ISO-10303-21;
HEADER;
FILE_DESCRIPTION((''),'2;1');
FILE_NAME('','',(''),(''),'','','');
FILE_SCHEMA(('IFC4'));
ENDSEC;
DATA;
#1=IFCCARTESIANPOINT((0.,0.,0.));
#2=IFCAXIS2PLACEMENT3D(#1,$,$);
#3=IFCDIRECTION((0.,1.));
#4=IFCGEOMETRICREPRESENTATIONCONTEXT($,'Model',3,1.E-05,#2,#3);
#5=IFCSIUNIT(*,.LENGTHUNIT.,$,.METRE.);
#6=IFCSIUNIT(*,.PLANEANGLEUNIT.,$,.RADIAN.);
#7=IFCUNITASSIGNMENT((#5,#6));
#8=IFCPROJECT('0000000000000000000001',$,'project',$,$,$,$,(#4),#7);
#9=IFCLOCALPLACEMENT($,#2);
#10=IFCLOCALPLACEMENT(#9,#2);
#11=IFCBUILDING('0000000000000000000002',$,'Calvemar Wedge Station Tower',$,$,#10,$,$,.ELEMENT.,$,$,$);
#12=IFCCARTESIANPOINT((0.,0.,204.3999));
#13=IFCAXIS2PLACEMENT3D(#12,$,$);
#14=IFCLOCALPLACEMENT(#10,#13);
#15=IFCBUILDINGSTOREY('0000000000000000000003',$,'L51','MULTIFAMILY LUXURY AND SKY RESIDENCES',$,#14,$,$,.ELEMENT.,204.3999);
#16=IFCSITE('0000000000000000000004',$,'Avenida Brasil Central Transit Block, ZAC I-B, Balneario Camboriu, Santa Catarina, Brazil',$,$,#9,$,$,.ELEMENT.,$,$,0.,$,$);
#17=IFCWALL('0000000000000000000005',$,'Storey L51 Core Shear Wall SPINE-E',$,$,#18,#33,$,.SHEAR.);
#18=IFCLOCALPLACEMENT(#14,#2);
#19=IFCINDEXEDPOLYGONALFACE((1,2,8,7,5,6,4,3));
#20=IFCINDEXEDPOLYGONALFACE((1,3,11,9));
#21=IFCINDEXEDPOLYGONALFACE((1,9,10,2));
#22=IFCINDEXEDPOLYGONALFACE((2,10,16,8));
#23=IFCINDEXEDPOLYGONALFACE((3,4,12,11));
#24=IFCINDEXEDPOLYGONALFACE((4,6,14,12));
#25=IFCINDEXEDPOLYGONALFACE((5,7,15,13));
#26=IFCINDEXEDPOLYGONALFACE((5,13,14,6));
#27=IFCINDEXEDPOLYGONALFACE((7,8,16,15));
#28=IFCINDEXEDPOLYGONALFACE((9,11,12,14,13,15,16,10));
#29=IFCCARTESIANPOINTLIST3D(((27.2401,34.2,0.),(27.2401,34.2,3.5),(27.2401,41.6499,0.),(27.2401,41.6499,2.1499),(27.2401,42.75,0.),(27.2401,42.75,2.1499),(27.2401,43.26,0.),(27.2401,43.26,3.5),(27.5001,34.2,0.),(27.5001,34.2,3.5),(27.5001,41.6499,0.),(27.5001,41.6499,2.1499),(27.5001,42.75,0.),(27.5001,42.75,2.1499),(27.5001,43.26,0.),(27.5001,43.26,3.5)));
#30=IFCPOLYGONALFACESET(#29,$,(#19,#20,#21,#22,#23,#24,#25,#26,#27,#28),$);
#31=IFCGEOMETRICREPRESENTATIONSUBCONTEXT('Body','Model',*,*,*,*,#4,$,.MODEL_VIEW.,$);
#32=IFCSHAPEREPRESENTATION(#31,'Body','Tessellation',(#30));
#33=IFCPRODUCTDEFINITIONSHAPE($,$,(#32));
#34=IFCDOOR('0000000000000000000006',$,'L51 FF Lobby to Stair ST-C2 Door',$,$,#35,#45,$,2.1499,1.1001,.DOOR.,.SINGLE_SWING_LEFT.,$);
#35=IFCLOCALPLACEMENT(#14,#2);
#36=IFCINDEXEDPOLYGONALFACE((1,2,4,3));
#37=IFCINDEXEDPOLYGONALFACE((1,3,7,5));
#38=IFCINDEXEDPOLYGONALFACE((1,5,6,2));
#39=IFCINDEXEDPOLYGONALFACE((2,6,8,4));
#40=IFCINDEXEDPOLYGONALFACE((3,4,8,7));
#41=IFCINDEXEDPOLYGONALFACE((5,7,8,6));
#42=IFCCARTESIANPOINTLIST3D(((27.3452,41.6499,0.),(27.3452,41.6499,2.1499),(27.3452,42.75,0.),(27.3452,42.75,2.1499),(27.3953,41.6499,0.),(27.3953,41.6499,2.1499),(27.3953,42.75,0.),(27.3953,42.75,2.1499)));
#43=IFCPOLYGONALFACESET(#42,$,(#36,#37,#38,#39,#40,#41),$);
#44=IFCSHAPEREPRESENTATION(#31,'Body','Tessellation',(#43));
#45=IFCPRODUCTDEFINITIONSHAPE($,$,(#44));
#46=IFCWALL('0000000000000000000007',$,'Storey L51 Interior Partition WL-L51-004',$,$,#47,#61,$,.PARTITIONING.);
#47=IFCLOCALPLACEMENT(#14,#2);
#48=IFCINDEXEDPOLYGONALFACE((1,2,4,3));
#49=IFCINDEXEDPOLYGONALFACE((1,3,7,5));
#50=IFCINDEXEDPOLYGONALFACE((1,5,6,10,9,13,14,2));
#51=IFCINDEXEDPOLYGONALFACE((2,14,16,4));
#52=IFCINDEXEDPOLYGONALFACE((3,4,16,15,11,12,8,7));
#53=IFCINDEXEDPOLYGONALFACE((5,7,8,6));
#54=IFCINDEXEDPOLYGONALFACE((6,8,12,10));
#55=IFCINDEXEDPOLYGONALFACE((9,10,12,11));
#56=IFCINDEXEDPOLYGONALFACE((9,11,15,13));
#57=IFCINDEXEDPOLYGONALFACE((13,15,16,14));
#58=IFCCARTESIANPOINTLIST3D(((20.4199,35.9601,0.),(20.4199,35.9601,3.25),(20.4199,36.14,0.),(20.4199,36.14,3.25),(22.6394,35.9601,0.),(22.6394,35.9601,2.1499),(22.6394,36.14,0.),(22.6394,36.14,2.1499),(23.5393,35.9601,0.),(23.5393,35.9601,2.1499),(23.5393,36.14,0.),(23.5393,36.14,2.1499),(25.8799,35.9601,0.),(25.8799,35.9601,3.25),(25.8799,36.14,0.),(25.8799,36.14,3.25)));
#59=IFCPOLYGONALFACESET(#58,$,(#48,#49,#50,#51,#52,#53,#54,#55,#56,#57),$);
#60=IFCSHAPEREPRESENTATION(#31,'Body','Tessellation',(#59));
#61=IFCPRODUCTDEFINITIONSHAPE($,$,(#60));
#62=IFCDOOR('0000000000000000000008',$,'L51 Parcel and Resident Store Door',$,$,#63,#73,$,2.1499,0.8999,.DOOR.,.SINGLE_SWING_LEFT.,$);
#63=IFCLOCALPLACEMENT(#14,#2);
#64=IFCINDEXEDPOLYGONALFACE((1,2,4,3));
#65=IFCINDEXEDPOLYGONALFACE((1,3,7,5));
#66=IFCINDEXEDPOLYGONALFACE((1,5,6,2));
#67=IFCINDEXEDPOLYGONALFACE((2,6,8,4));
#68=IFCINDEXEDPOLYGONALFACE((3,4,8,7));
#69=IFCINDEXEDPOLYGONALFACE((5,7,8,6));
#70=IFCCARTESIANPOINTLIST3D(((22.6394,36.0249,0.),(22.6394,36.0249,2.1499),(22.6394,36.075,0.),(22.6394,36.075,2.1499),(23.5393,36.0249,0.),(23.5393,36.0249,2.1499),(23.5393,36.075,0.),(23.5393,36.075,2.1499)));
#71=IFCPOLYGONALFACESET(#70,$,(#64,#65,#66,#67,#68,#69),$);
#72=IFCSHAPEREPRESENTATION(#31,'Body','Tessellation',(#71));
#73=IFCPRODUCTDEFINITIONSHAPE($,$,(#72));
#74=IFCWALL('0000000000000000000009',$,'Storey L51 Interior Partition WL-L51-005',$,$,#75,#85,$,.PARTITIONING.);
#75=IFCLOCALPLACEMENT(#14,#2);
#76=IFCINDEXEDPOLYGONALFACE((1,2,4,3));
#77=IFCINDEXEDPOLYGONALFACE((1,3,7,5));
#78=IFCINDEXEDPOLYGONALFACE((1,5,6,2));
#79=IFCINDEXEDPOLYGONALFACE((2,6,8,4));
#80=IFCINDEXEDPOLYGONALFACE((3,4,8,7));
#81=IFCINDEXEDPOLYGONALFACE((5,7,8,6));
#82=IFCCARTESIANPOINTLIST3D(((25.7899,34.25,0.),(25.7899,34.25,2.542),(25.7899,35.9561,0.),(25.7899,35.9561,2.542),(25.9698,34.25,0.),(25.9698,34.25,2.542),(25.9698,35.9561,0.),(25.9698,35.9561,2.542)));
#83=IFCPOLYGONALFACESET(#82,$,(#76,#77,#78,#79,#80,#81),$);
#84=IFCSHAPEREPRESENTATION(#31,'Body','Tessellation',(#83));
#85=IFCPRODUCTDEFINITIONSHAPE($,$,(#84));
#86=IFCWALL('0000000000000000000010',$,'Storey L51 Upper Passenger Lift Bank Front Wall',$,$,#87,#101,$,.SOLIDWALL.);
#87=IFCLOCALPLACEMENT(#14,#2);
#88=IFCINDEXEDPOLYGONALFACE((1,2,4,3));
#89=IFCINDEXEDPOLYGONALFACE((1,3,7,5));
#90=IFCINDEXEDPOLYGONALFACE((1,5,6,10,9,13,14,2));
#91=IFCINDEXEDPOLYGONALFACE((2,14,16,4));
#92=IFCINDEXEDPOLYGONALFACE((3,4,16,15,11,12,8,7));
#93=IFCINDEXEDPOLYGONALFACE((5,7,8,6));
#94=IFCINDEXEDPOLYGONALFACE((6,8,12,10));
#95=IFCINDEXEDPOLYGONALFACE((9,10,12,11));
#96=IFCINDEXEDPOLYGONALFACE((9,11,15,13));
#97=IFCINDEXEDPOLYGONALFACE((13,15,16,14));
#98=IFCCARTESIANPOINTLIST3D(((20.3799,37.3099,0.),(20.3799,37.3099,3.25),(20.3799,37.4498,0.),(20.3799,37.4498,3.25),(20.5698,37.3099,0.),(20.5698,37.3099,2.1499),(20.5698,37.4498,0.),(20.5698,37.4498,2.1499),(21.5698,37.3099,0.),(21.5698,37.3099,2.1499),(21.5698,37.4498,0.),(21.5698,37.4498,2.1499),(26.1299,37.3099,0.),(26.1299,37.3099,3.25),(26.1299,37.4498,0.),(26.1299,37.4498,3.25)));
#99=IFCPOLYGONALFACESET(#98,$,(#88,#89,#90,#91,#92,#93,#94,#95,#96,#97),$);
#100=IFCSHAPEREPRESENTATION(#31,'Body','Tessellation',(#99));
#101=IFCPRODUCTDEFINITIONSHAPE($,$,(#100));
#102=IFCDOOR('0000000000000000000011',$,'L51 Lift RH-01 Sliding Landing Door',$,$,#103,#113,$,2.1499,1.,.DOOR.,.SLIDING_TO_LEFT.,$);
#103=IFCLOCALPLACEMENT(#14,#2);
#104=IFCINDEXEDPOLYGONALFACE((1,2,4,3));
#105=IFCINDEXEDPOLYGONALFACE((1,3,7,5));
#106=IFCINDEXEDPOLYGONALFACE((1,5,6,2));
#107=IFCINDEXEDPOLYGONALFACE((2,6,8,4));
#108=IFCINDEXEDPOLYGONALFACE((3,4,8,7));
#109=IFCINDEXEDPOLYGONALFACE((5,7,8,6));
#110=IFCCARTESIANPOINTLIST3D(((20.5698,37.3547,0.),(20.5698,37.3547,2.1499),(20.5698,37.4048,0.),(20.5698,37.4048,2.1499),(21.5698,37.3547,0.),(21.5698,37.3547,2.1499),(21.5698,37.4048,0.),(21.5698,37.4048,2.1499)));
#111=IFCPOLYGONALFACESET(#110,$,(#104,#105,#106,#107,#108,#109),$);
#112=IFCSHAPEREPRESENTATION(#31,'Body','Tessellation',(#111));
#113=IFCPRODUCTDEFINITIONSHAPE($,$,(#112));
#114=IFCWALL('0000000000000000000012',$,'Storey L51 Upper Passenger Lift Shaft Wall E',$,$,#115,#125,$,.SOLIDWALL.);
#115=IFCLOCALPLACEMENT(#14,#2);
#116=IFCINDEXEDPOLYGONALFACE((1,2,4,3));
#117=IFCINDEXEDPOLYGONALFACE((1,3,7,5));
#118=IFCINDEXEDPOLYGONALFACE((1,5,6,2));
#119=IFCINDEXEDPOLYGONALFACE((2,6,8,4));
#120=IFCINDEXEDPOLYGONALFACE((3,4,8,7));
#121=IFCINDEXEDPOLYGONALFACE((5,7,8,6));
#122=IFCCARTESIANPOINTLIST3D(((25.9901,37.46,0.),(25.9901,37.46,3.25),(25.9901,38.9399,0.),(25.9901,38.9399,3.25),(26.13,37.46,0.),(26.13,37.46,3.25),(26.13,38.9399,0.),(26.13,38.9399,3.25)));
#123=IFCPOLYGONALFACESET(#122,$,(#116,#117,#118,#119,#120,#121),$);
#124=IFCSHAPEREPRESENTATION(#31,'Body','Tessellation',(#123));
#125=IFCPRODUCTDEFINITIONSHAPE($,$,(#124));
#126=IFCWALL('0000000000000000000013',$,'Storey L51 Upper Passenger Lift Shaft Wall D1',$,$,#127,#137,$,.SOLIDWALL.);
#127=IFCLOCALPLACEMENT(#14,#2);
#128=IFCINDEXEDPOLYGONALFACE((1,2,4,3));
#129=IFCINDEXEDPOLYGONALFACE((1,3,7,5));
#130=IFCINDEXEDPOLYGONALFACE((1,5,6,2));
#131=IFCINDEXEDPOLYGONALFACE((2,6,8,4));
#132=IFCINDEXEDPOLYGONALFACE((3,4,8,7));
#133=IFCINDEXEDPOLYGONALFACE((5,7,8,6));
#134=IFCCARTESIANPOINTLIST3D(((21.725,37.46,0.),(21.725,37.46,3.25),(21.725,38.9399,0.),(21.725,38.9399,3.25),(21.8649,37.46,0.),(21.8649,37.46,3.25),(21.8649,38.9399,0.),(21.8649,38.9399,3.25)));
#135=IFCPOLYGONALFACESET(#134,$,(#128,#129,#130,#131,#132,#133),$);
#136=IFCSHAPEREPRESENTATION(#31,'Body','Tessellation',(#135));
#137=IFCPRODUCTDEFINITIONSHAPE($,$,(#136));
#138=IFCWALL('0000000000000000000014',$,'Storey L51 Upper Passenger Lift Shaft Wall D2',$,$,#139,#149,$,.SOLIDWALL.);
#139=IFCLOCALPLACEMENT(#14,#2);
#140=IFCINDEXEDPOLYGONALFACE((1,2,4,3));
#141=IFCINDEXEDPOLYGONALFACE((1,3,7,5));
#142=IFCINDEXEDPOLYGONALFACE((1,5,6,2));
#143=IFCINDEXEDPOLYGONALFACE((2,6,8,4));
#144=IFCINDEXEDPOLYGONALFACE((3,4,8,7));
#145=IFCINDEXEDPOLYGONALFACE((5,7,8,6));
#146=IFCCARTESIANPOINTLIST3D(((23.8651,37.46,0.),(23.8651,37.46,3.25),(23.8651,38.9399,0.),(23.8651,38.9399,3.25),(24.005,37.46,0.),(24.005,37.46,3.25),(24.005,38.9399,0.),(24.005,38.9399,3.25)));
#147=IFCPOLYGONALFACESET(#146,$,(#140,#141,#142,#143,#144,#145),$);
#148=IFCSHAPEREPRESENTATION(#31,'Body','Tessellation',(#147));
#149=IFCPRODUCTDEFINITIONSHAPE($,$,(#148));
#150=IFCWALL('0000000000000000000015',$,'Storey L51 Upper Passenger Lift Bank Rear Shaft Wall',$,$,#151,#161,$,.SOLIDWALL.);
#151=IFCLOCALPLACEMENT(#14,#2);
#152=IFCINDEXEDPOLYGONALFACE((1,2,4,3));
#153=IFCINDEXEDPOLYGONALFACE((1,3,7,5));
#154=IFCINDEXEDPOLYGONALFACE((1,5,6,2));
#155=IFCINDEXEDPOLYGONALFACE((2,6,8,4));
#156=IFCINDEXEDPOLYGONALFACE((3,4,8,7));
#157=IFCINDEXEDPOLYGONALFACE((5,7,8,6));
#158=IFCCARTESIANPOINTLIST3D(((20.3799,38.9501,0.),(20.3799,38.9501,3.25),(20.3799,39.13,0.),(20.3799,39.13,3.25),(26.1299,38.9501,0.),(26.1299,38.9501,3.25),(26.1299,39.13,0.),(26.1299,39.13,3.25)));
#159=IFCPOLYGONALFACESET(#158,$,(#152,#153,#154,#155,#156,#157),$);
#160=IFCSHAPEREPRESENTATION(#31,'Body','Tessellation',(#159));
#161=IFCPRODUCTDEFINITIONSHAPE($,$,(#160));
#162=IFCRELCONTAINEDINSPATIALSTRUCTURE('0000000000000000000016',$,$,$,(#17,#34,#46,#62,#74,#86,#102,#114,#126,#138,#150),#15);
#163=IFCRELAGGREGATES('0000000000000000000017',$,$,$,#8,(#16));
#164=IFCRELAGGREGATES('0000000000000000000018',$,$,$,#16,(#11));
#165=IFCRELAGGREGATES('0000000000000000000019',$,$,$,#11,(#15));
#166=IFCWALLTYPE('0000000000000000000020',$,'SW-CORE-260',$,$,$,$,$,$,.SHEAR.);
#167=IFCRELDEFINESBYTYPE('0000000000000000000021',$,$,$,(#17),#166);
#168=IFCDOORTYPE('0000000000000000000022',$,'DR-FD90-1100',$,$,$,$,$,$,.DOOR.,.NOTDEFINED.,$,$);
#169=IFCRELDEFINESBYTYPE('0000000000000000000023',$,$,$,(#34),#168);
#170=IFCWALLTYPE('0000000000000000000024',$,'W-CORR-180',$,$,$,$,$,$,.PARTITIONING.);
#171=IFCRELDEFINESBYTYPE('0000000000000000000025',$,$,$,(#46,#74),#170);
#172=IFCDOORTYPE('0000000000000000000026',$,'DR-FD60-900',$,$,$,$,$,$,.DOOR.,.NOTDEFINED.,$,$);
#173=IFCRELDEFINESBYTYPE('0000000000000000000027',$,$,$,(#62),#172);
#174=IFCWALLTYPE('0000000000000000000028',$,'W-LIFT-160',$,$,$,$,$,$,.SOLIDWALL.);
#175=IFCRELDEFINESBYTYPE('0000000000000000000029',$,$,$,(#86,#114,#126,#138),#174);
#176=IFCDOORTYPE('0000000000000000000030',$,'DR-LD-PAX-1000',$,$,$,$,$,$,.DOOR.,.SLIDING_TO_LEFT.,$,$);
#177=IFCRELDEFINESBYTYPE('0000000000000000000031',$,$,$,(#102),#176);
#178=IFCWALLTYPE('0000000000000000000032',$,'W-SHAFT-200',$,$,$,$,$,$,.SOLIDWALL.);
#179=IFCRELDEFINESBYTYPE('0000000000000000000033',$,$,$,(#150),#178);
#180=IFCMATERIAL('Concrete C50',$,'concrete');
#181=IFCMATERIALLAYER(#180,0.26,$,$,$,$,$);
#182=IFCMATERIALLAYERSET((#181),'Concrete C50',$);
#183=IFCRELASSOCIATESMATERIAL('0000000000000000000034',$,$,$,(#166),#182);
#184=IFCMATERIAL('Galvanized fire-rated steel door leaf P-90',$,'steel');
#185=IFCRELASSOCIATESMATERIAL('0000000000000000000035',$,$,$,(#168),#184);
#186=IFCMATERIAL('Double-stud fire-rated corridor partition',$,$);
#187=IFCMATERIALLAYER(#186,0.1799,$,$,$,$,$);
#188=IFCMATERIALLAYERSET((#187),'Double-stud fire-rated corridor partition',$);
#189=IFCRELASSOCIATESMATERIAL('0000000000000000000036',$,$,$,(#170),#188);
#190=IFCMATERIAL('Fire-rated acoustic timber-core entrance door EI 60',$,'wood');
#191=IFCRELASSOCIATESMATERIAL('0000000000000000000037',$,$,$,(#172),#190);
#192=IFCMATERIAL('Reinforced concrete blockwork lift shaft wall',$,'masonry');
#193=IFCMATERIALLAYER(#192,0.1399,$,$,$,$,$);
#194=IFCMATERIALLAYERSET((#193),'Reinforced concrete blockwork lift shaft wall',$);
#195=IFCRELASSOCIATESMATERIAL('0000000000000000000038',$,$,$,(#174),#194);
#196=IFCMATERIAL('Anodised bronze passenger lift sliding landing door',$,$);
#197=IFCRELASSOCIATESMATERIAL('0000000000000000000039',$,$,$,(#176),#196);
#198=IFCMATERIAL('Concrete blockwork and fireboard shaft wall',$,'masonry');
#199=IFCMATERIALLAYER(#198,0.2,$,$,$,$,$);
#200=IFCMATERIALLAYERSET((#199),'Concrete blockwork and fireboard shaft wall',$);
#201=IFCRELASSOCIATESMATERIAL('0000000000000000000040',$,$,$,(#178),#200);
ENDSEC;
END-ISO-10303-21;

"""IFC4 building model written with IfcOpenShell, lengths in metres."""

from ifc_helpers import new_model, si_unit, direction, frame, frame_2d, origin, place, context, subcontext, project, spatial, rectangle, extrude, source, transform, mapped, material, layer, layer_set, type_object, element, fill, save


model = new_model("IFC4")

# Units and contexts
model_context = context("Model", 3, precision=1e-05, world=origin(), true_north=direction((0.0, 1.0)))
body_context = subcontext(model_context, "Body", "Model", "MODEL_VIEW")
ifc_project = project(units=[si_unit("LENGTHUNIT", "METRE"), si_unit("PLANEANGLEUNIT", "RADIAN")], contexts=[model_context])

# Site, building, storey
site_placement = place(None, origin())
site = spatial("IfcSite", under=ifc_project, at=site_placement, Name="Avenida Brasil Central Transit Block, ZAC I-B, Balneario Camboriu, Santa Catarina, Brazil", CompositionType="ELEMENT", RefElevation=0.0)
building_placement = place(site_placement, origin())
building = spatial("IfcBuilding", under=site, at=building_placement, Name="Calvemar Wedge Station Tower", CompositionType="ELEMENT")
storey_placement = place(building_placement, frame((0.0, 0.0, 204.3999)))
storey = spatial("IfcBuildingStorey", under=building, at=storey_placement, Name="L51", Description="MULTIFAMILY LUXURY AND SKY RESIDENCES", CompositionType="ELEMENT", Elevation=204.3999)

# Shared definitions
ifc_material_1 = material(Name="Concrete C50", Category="concrete")

# Walls, openings, doors
ifc_layer_1 = layer(ifc_material_1, 0.26)
ifc_layer_set_1 = layer_set([ifc_layer_1], Name="Concrete C50")
wall_type_1 = type_object("IfcWallType", Name="SW-CORE-260", PredefinedType="SHEAR", material=ifc_layer_set_1)
shared_shape_1 = source(origin(), body_context, "Body", "SweptSolid", [
    extrude(rectangle(XDim=1.1001, YDim=2.1499, at=frame_2d((0.55, 1.075))), frame((0.0, 0.1401, 0.0), z_axis=(0.0, -1.0, 0.0), x_axis=(1.0, 0.0, 0.0)), (0.0, 0.0, 1.0), 0.28),
])
ifc_material_2 = material(Name="Galvanized fire-rated steel door leaf P-90", Category="steel")
door_type_1 = type_object("IfcDoorType", Name="DR-FD90-1100", OperationType="NOTDEFINED", PredefinedType="DOOR", material=ifc_material_2)
shared_shape_2 = source(origin(), body_context, "Body", "SweptSolid", [
    extrude(rectangle(XDim=1.1001, YDim=2.1499, at=frame_2d((0.55, 1.075))), frame((0.0, 0.0249, 0.0), z_axis=(0.0, -1.0, 0.0), x_axis=(1.0, 0.0, 0.0)), (0.0, 0.0, 1.0), 0.05),
])
wall_1_placement = place(storey_placement, frame((27.3701, 34.2, 0.0), z_axis=(0.0, 0.0, 1.0), x_axis=(0.0, 1.0, 0.0)))
wall_1 = element("IfcWall", 1, at=wall_1_placement, inside=storey, type_object=wall_type_1, Name="Storey L51 Core Shear Wall SPINE-E", PredefinedType="SHEAR", context=body_context, shape_type="SweptSolid", body=[
    extrude(rectangle(XDim=9.0601, YDim=0.26, at=frame_2d((4.53, 0.0))), origin(), (0.0, 0.0, 1.0), 3.5),
])
opening_1_placement = place(wall_1_placement, frame((7.45, 0.0, 0.0)))
opening_1 = element("IfcOpeningElement", 2, at=opening_1_placement, cuts=wall_1, PredefinedType="OPENING", context=body_context, shape_type="MappedRepresentation", body=[
    mapped(shared_shape_1, transform((0.0, 0.0, 0.0), scale=1.0)),
])
door_1_placement = place(opening_1_placement, origin())
door_1 = element("IfcDoor", 3, at=door_1_placement, inside=storey, type_object=door_type_1, Name="L51 FF Lobby to Stair ST-C2 Door", OperationType="SINGLE_SWING_LEFT", OverallHeight=2.1499, OverallWidth=1.1001, PredefinedType="DOOR", context=body_context, shape_type="MappedRepresentation", body=[
    mapped(shared_shape_2, transform((0.0, 0.0, 0.0), scale=1.0)),
])
fill(opening_1, door_1)
ifc_material_3 = material(Name="Double-stud fire-rated corridor partition")
ifc_layer_2 = layer(ifc_material_3, 0.1799)
ifc_layer_set_2 = layer_set([ifc_layer_2], Name="Double-stud fire-rated corridor partition")
wall_type_2 = type_object("IfcWallType", Name="W-CORR-180", PredefinedType="PARTITIONING", material=ifc_layer_set_2)
shared_shape_3 = source(origin(), body_context, "Body", "SweptSolid", [
    extrude(rectangle(XDim=0.8999, YDim=2.1499, at=frame_2d((0.45, 1.075))), frame((0.0, 0.1001, 0.0), z_axis=(0.0, -1.0, 0.0), x_axis=(1.0, 0.0, 0.0)), (0.0, 0.0, 1.0), 0.2),
])
ifc_material_4 = material(Name="Fire-rated acoustic timber-core entrance door EI 60", Category="wood")
door_type_2 = type_object("IfcDoorType", Name="DR-FD60-900", OperationType="NOTDEFINED", PredefinedType="DOOR", material=ifc_material_4)
shared_shape_4 = source(origin(), body_context, "Body", "SweptSolid", [
    extrude(rectangle(XDim=0.8999, YDim=2.1499, at=frame_2d((0.45, 1.075))), frame((0.0, 0.0249, 0.0), z_axis=(0.0, -1.0, 0.0), x_axis=(1.0, 0.0, 0.0)), (0.0, 0.0, 1.0), 0.05),
])
wall_2_placement = place(storey_placement, frame((20.4199, 36.05, 0.0), z_axis=(0.0, 0.0, 1.0), x_axis=(1.0, 0.0, 0.0)))
wall_2 = element("IfcWall", 4, at=wall_2_placement, inside=storey, type_object=wall_type_2, Name="Storey L51 Interior Partition WL-L51-004", PredefinedType="PARTITIONING", context=body_context, shape_type="SweptSolid", body=[
    extrude(rectangle(XDim=5.46, YDim=0.1799, at=frame_2d((2.73, 0.0))), origin(), (0.0, 0.0, 1.0), 3.25),
])
opening_2_placement = place(wall_2_placement, frame((2.2195, 0.0, 0.0)))
opening_2 = element("IfcOpeningElement", 5, at=opening_2_placement, cuts=wall_2, PredefinedType="OPENING", context=body_context, shape_type="MappedRepresentation", body=[
    mapped(shared_shape_3, transform((0.0, 0.0, 0.0), scale=1.0)),
])
door_2_placement = place(opening_2_placement, origin())
door_2 = element("IfcDoor", 6, at=door_2_placement, inside=storey, type_object=door_type_2, Name="L51 Parcel and Resident Store Door", OperationType="SINGLE_SWING_LEFT", OverallHeight=2.1499, OverallWidth=0.8999, PredefinedType="DOOR", context=body_context, shape_type="MappedRepresentation", body=[
    mapped(shared_shape_4, transform((0.0, 0.0, 0.0), scale=1.0)),
])
fill(opening_2, door_2)

# Wall
wall_3_placement = place(storey_placement, frame((25.8799, 35.9561, 0.0), z_axis=(0.0, 0.0, 1.0), x_axis=(0.0, -1.0, 0.0)))
element("IfcWall", 7, at=wall_3_placement, inside=storey, type_object=wall_type_2, Name="Storey L51 Interior Partition WL-L51-005", PredefinedType="PARTITIONING", context=body_context, shape_type="SweptSolid", body=[
    extrude(rectangle(XDim=1.7061, YDim=0.1799, at=frame_2d((0.853, 0.0))), origin(), (0.0, 0.0, 1.0), 2.542),
])

# Wall, opening, door
ifc_material_5 = material(Name="Reinforced concrete blockwork lift shaft wall", Category="masonry")
ifc_layer_3 = layer(ifc_material_5, 0.1399)
ifc_layer_set_3 = layer_set([ifc_layer_3], Name="Reinforced concrete blockwork lift shaft wall")
wall_type_3 = type_object("IfcWallType", Name="W-LIFT-160", PredefinedType="SOLIDWALL", material=ifc_layer_set_3)
wall_4_placement = place(storey_placement, frame((20.3799, 37.3799, 0.0), z_axis=(0.0, 0.0, 1.0), x_axis=(1.0, 0.0, 0.0)))
wall_4 = element("IfcWall", 8, at=wall_4_placement, inside=storey, type_object=wall_type_3, Name="Storey L51 Upper Passenger Lift Bank Front Wall", PredefinedType="SOLIDWALL", context=body_context, shape_type="SweptSolid", body=[
    extrude(rectangle(XDim=5.75, YDim=0.1399, at=frame_2d((2.875, 0.0))), origin(), (0.0, 0.0, 1.0), 3.25),
])
shared_shape_5 = source(origin(), body_context, "Body", "SweptSolid", [
    extrude(rectangle(XDim=1.0, YDim=2.1499, at=frame_2d((0.5, 1.075))), frame((0.0, 0.0801, 0.0), z_axis=(0.0, -1.0, 0.0), x_axis=(1.0, 0.0, 0.0)), (0.0, 0.0, 1.0), 0.1599),
])
opening_3_placement = place(wall_4_placement, frame((0.1899, 0.0, 0.0)))
opening_3 = element("IfcOpeningElement", 9, at=opening_3_placement, cuts=wall_4, PredefinedType="OPENING", context=body_context, shape_type="MappedRepresentation", body=[
    mapped(shared_shape_5, transform((0.0, 0.0, 0.0), scale=1.0)),
])
ifc_material_6 = material(Name="Anodised bronze passenger lift sliding landing door")
door_type_3 = type_object("IfcDoorType", Name="DR-LD-PAX-1000", OperationType="SLIDING_TO_LEFT", PredefinedType="DOOR", material=ifc_material_6)
shared_shape_6 = source(origin(), body_context, "Body", "SweptSolid", [
    extrude(rectangle(XDim=1.0, YDim=2.1499, at=frame_2d((0.5, 1.075))), frame((0.0, 0.0249, 0.0), z_axis=(0.0, -1.0, 0.0), x_axis=(1.0, 0.0, 0.0)), (0.0, 0.0, 1.0), 0.05),
])
door_3_placement = place(opening_3_placement, origin())
door_3 = element("IfcDoor", 10, at=door_3_placement, inside=storey, type_object=door_type_3, Name="L51 Lift RH-01 Sliding Landing Door", OperationType="SLIDING_TO_LEFT", OverallHeight=2.1499, OverallWidth=1.0, PredefinedType="DOOR", context=body_context, shape_type="MappedRepresentation", body=[
    mapped(shared_shape_6, transform((0.0, 0.0, 0.0), scale=1.0)),
])
fill(opening_3, door_3)

# Walls
for number, where, z_axis, x_axis, name in (
    (11, (26.0601, 37.46, 0.0), (0.0, 0.0, 1.0), (0.0, 1.0, 0.0), "Storey L51 Upper Passenger Lift Shaft Wall E"),
    (12, (21.7949, 37.46, 0.0), (0.0, 0.0, 1.0), (0.0, 1.0, 0.0), "Storey L51 Upper Passenger Lift Shaft Wall D1"),
    (13, (23.9351, 37.46, 0.0), (0.0, 0.0, 1.0), (0.0, 1.0, 0.0), "Storey L51 Upper Passenger Lift Shaft Wall D2"),
):
    element("IfcWall", number, at=place(storey_placement, frame(where, z_axis=z_axis, x_axis=x_axis)), inside=storey, type_object=wall_type_3, Name=name, PredefinedType="SOLIDWALL", context=body_context, shape_type="SweptSolid", body=[
        extrude(rectangle(XDim=1.48, YDim=0.1399, at=frame_2d((0.74, 0.0))), origin(), (0.0, 0.0, 1.0), 3.25),
    ])
ifc_material_7 = material(Name="Concrete blockwork and fireboard shaft wall", Category="masonry")
ifc_layer_4 = layer(ifc_material_7, 0.2)
ifc_layer_set_4 = layer_set([ifc_layer_4], Name="Concrete blockwork and fireboard shaft wall")
wall_type_4 = type_object("IfcWallType", Name="W-SHAFT-200", PredefinedType="SOLIDWALL", material=ifc_layer_set_4)
wall_5_placement = place(storey_placement, frame((20.3799, 39.04, 0.0), z_axis=(0.0, 0.0, 1.0), x_axis=(1.0, 0.0, 0.0)))
element("IfcWall", 14, at=wall_5_placement, inside=storey, type_object=wall_type_4, Name="Storey L51 Upper Passenger Lift Bank Rear Shaft Wall", PredefinedType="SOLIDWALL", context=body_context, shape_type="SweptSolid", body=[
    extrude(rectangle(XDim=5.75, YDim=0.1799, at=frame_2d((2.875, 0.0))), origin(), (0.0, 0.0, 1.0), 3.25),
])

save(model, "model.ifc")
